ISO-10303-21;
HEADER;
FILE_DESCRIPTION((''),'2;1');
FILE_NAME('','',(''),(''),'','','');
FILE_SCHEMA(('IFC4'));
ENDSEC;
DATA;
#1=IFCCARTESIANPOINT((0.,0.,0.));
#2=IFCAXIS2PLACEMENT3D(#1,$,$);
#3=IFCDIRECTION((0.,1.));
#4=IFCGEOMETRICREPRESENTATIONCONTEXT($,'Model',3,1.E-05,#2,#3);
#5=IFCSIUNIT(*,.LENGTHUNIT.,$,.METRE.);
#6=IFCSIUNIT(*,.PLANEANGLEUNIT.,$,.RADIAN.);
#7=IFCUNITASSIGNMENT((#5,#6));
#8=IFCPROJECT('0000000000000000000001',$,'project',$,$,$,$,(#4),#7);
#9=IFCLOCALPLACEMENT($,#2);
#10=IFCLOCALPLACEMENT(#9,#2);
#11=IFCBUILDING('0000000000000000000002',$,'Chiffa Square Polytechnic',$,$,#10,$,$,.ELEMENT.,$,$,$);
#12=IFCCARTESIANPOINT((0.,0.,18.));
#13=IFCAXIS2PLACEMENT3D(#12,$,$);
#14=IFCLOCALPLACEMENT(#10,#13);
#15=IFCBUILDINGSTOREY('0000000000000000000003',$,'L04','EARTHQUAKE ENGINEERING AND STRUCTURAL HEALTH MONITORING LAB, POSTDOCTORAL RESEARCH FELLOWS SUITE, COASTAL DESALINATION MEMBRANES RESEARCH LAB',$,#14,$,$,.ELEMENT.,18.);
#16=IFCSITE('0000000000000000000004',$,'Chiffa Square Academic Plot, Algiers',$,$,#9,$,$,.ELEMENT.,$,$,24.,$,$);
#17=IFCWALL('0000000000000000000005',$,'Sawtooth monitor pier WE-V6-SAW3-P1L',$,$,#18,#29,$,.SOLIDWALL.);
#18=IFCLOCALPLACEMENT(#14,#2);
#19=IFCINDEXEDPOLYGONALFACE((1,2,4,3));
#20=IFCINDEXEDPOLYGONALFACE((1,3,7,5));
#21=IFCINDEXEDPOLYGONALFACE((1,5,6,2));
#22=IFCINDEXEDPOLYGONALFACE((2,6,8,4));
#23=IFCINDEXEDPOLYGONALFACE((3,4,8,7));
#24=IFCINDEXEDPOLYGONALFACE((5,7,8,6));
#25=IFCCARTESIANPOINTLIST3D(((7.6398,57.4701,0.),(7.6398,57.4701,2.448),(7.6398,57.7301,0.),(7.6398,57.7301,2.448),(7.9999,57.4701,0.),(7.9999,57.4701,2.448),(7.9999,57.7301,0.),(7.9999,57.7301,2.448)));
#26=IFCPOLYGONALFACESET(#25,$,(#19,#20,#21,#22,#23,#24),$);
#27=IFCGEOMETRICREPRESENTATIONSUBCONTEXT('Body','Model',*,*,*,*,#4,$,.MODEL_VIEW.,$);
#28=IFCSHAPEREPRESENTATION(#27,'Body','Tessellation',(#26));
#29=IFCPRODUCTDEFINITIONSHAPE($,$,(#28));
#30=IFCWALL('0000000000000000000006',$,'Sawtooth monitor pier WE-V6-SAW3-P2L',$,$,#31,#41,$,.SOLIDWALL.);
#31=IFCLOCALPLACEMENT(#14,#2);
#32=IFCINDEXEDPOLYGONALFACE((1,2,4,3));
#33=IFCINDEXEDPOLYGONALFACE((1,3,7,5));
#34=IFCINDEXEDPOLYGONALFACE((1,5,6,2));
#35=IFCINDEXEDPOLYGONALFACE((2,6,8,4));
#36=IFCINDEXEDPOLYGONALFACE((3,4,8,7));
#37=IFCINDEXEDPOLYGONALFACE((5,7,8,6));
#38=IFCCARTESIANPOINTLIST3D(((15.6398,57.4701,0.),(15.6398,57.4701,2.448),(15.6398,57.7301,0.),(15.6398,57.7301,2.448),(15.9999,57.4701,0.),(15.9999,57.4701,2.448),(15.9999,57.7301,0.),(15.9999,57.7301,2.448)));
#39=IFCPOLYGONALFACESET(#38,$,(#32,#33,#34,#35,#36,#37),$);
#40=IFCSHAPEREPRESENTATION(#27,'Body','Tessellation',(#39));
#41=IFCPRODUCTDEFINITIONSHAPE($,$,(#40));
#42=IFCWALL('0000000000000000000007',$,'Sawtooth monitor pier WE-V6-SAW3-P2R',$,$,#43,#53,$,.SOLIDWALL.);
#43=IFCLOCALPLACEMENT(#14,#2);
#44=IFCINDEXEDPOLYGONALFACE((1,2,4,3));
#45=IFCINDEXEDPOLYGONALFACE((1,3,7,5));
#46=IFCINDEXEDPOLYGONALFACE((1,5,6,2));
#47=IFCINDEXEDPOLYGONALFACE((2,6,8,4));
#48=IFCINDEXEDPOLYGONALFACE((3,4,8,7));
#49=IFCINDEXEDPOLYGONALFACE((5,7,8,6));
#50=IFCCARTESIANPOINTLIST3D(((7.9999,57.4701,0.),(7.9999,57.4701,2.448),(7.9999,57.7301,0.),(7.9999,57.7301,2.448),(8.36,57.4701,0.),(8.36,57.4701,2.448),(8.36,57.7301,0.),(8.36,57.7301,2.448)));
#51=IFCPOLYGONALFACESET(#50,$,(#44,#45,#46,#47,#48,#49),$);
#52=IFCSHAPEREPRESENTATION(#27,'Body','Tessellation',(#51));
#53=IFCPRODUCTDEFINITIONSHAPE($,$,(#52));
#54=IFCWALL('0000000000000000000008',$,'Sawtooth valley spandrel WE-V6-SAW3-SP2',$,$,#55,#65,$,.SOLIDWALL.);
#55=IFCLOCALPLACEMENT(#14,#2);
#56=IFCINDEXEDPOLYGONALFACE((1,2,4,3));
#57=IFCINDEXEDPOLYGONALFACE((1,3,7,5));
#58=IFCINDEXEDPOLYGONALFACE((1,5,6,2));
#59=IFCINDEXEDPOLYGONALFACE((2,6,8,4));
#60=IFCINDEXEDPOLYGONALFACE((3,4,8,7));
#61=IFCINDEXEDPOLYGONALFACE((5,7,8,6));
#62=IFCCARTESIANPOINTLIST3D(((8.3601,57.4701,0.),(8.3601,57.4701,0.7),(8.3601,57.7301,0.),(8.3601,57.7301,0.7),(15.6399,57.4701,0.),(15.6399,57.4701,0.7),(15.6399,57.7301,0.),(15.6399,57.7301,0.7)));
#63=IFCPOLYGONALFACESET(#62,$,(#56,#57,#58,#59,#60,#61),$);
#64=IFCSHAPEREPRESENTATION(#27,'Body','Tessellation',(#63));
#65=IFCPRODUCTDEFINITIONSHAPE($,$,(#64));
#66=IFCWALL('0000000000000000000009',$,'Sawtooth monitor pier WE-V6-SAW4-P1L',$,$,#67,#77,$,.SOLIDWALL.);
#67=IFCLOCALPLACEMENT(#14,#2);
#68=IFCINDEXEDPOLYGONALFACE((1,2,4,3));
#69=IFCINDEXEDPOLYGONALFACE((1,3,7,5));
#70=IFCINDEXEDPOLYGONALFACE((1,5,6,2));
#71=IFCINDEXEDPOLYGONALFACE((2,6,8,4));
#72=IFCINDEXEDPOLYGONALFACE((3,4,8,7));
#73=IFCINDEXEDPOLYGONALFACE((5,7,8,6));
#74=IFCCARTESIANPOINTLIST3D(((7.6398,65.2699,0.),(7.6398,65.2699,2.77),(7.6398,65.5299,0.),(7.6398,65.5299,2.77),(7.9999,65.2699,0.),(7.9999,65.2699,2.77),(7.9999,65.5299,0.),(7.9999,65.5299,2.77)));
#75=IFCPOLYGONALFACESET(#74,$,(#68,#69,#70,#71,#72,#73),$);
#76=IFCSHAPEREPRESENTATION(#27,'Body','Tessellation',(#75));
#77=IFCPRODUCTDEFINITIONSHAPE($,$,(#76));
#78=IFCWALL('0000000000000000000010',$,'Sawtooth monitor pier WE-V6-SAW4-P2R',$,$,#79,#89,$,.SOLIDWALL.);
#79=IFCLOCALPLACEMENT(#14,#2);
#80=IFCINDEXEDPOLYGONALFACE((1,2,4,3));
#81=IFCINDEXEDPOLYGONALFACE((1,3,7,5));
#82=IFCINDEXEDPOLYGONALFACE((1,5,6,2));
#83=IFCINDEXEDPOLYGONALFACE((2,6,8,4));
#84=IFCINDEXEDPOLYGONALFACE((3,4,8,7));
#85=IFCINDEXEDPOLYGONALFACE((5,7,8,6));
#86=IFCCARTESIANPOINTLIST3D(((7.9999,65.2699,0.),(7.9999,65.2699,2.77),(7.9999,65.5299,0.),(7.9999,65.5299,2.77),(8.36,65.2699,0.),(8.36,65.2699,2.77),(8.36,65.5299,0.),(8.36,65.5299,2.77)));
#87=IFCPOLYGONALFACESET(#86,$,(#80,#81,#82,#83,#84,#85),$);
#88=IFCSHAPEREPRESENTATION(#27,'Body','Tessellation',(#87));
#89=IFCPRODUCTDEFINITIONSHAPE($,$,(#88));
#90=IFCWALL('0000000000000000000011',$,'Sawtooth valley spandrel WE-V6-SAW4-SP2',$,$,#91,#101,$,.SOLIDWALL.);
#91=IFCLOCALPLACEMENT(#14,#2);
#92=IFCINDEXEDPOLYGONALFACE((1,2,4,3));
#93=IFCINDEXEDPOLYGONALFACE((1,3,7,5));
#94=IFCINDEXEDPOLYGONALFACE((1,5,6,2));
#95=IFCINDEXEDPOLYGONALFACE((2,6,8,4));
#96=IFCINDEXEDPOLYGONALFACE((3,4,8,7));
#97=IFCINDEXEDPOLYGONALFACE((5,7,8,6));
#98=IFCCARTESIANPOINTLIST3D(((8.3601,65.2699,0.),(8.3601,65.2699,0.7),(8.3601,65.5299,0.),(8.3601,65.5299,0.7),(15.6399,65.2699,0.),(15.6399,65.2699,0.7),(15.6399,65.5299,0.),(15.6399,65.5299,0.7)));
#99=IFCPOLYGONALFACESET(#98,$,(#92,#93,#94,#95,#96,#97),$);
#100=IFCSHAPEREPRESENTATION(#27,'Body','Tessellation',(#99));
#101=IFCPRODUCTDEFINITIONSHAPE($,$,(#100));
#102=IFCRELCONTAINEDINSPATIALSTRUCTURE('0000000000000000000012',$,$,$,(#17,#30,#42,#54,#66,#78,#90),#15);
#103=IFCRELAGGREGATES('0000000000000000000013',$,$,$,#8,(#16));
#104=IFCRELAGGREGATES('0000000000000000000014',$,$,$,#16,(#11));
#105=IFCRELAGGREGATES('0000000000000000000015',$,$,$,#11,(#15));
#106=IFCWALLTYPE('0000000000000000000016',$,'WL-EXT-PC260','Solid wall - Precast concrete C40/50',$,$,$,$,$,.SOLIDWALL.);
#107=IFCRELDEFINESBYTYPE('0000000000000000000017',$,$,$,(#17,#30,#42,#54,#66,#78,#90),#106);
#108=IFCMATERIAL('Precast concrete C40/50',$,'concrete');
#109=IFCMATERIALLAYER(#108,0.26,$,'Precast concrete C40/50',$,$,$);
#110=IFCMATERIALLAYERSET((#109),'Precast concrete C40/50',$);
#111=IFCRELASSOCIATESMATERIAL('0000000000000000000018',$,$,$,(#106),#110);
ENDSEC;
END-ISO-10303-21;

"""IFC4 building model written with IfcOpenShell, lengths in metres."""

from ifc_helpers import new_model, si_unit, direction, frame, frame_2d, origin, place, context, subcontext, project, spatial, rectangle, extrude, material, layer, layer_set, type_object, element, save


model = new_model("IFC4")

# Units and contexts
model_context = context("Model", 3, precision=1e-05, world=origin(), true_north=direction((0.0, 1.0)))
body_context = subcontext(model_context, "Body", "Model", "MODEL_VIEW")
ifc_project = project(units=[si_unit("LENGTHUNIT", "METRE"), si_unit("PLANEANGLEUNIT", "RADIAN")], contexts=[model_context])

# Site, building, storey
site_placement = place(None, origin())
site = spatial("IfcSite", under=ifc_project, at=site_placement, Name="Chiffa Square Academic Plot, Algiers", CompositionType="ELEMENT", RefElevation=24.0)
building_placement = place(site_placement, origin())
building = spatial("IfcBuilding", under=site, at=building_placement, Name="Chiffa Square Polytechnic", CompositionType="ELEMENT")
storey_placement = place(building_placement, frame((0.0, 0.0, 18.0)))
storey = spatial("IfcBuildingStorey", under=building, at=storey_placement, Name="L04", Description="EARTHQUAKE ENGINEERING AND STRUCTURAL HEALTH MONITORING LAB, POSTDOCTORAL RESEARCH FELLOWS SUITE, COASTAL DESALINATION MEMBRANES RESEARCH LAB", CompositionType="ELEMENT", Elevation=18.0)

# Walls
ifc_material_1 = material(Name="Precast concrete C40/50", Category="concrete")
ifc_layer_1 = layer(ifc_material_1, 0.26, Name="Precast concrete C40/50")
ifc_layer_set_1 = layer_set([ifc_layer_1], Name="Precast concrete C40/50")
wall_type = type_object("IfcWallType", Name="WL-EXT-PC260", Description="Solid wall - Precast concrete C40/50", PredefinedType="SOLIDWALL", material=ifc_layer_set_1)
for number, where, z_axis, x_axis, name in (
    (1, (8.0, 57.6001, 0.0), (0.0, 0.0, 1.0), (-1.0, 0.0, 0.0), "Sawtooth monitor pier WE-V6-SAW3-P1L"),
    (2, (16.0, 57.6001, 0.0), (0.0, 0.0, 1.0), (-1.0, 0.0, 0.0), "Sawtooth monitor pier WE-V6-SAW3-P2L"),
    (3, (8.3601, 57.6001, 0.0), (0.0, 0.0, 1.0), (-1.0, 0.0, 0.0), "Sawtooth monitor pier WE-V6-SAW3-P2R"),
):
    element("IfcWall", number, at=place(storey_placement, frame(where, z_axis=z_axis, x_axis=x_axis)), inside=storey, type_object=wall_type, Name=name, PredefinedType="SOLIDWALL", context=body_context, shape_type="SweptSolid", body=[
        extrude(rectangle(XDim=0.3601, YDim=0.26, at=frame_2d((0.1802, 0.0))), origin(), (0.0, 0.0, 1.0), 2.448),
    ])
wall_1_placement = place(storey_placement, frame((8.3601, 57.6001, 0.0), z_axis=(0.0, 0.0, 1.0), x_axis=(1.0, 0.0, 0.0)))
element("IfcWall", 4, at=wall_1_placement, inside=storey, type_object=wall_type, Name="Sawtooth valley spandrel WE-V6-SAW3-SP2", PredefinedType="SOLIDWALL", context=body_context, shape_type="SweptSolid", body=[
    extrude(rectangle(XDim=7.2798, YDim=0.26, at=frame_2d((3.6399, 0.0))), origin(), (0.0, 0.0, 1.0), 0.7),
])
for number, where, z_axis, x_axis, name in (
    (5, (8.0, 65.3999, 0.0), (0.0, 0.0, 1.0), (-1.0, 0.0, 0.0), "Sawtooth monitor pier WE-V6-SAW4-P1L"),
    (6, (8.3601, 65.3999, 0.0), (0.0, 0.0, 1.0), (-1.0, 0.0, 0.0), "Sawtooth monitor pier WE-V6-SAW4-P2R"),
):
    element("IfcWall", number, at=place(storey_placement, frame(where, z_axis=z_axis, x_axis=x_axis)), inside=storey, type_object=wall_type, Name=name, PredefinedType="SOLIDWALL", context=body_context, shape_type="SweptSolid", body=[
        extrude(rectangle(XDim=0.3601, YDim=0.26, at=frame_2d((0.1802, 0.0))), origin(), (0.0, 0.0, 1.0), 2.77),
    ])
wall_2_placement = place(storey_placement, frame((8.3601, 65.3999, 0.0), z_axis=(0.0, 0.0, 1.0), x_axis=(1.0, 0.0, 0.0)))
element("IfcWall", 7, at=wall_2_placement, inside=storey, type_object=wall_type, Name="Sawtooth valley spandrel WE-V6-SAW4-SP2", PredefinedType="SOLIDWALL", context=body_context, shape_type="SweptSolid", body=[
    extrude(rectangle(XDim=7.2798, YDim=0.26, at=frame_2d((3.6399, 0.0))), origin(), (0.0, 0.0, 1.0), 0.7),
])

save(model, "model.ifc")
